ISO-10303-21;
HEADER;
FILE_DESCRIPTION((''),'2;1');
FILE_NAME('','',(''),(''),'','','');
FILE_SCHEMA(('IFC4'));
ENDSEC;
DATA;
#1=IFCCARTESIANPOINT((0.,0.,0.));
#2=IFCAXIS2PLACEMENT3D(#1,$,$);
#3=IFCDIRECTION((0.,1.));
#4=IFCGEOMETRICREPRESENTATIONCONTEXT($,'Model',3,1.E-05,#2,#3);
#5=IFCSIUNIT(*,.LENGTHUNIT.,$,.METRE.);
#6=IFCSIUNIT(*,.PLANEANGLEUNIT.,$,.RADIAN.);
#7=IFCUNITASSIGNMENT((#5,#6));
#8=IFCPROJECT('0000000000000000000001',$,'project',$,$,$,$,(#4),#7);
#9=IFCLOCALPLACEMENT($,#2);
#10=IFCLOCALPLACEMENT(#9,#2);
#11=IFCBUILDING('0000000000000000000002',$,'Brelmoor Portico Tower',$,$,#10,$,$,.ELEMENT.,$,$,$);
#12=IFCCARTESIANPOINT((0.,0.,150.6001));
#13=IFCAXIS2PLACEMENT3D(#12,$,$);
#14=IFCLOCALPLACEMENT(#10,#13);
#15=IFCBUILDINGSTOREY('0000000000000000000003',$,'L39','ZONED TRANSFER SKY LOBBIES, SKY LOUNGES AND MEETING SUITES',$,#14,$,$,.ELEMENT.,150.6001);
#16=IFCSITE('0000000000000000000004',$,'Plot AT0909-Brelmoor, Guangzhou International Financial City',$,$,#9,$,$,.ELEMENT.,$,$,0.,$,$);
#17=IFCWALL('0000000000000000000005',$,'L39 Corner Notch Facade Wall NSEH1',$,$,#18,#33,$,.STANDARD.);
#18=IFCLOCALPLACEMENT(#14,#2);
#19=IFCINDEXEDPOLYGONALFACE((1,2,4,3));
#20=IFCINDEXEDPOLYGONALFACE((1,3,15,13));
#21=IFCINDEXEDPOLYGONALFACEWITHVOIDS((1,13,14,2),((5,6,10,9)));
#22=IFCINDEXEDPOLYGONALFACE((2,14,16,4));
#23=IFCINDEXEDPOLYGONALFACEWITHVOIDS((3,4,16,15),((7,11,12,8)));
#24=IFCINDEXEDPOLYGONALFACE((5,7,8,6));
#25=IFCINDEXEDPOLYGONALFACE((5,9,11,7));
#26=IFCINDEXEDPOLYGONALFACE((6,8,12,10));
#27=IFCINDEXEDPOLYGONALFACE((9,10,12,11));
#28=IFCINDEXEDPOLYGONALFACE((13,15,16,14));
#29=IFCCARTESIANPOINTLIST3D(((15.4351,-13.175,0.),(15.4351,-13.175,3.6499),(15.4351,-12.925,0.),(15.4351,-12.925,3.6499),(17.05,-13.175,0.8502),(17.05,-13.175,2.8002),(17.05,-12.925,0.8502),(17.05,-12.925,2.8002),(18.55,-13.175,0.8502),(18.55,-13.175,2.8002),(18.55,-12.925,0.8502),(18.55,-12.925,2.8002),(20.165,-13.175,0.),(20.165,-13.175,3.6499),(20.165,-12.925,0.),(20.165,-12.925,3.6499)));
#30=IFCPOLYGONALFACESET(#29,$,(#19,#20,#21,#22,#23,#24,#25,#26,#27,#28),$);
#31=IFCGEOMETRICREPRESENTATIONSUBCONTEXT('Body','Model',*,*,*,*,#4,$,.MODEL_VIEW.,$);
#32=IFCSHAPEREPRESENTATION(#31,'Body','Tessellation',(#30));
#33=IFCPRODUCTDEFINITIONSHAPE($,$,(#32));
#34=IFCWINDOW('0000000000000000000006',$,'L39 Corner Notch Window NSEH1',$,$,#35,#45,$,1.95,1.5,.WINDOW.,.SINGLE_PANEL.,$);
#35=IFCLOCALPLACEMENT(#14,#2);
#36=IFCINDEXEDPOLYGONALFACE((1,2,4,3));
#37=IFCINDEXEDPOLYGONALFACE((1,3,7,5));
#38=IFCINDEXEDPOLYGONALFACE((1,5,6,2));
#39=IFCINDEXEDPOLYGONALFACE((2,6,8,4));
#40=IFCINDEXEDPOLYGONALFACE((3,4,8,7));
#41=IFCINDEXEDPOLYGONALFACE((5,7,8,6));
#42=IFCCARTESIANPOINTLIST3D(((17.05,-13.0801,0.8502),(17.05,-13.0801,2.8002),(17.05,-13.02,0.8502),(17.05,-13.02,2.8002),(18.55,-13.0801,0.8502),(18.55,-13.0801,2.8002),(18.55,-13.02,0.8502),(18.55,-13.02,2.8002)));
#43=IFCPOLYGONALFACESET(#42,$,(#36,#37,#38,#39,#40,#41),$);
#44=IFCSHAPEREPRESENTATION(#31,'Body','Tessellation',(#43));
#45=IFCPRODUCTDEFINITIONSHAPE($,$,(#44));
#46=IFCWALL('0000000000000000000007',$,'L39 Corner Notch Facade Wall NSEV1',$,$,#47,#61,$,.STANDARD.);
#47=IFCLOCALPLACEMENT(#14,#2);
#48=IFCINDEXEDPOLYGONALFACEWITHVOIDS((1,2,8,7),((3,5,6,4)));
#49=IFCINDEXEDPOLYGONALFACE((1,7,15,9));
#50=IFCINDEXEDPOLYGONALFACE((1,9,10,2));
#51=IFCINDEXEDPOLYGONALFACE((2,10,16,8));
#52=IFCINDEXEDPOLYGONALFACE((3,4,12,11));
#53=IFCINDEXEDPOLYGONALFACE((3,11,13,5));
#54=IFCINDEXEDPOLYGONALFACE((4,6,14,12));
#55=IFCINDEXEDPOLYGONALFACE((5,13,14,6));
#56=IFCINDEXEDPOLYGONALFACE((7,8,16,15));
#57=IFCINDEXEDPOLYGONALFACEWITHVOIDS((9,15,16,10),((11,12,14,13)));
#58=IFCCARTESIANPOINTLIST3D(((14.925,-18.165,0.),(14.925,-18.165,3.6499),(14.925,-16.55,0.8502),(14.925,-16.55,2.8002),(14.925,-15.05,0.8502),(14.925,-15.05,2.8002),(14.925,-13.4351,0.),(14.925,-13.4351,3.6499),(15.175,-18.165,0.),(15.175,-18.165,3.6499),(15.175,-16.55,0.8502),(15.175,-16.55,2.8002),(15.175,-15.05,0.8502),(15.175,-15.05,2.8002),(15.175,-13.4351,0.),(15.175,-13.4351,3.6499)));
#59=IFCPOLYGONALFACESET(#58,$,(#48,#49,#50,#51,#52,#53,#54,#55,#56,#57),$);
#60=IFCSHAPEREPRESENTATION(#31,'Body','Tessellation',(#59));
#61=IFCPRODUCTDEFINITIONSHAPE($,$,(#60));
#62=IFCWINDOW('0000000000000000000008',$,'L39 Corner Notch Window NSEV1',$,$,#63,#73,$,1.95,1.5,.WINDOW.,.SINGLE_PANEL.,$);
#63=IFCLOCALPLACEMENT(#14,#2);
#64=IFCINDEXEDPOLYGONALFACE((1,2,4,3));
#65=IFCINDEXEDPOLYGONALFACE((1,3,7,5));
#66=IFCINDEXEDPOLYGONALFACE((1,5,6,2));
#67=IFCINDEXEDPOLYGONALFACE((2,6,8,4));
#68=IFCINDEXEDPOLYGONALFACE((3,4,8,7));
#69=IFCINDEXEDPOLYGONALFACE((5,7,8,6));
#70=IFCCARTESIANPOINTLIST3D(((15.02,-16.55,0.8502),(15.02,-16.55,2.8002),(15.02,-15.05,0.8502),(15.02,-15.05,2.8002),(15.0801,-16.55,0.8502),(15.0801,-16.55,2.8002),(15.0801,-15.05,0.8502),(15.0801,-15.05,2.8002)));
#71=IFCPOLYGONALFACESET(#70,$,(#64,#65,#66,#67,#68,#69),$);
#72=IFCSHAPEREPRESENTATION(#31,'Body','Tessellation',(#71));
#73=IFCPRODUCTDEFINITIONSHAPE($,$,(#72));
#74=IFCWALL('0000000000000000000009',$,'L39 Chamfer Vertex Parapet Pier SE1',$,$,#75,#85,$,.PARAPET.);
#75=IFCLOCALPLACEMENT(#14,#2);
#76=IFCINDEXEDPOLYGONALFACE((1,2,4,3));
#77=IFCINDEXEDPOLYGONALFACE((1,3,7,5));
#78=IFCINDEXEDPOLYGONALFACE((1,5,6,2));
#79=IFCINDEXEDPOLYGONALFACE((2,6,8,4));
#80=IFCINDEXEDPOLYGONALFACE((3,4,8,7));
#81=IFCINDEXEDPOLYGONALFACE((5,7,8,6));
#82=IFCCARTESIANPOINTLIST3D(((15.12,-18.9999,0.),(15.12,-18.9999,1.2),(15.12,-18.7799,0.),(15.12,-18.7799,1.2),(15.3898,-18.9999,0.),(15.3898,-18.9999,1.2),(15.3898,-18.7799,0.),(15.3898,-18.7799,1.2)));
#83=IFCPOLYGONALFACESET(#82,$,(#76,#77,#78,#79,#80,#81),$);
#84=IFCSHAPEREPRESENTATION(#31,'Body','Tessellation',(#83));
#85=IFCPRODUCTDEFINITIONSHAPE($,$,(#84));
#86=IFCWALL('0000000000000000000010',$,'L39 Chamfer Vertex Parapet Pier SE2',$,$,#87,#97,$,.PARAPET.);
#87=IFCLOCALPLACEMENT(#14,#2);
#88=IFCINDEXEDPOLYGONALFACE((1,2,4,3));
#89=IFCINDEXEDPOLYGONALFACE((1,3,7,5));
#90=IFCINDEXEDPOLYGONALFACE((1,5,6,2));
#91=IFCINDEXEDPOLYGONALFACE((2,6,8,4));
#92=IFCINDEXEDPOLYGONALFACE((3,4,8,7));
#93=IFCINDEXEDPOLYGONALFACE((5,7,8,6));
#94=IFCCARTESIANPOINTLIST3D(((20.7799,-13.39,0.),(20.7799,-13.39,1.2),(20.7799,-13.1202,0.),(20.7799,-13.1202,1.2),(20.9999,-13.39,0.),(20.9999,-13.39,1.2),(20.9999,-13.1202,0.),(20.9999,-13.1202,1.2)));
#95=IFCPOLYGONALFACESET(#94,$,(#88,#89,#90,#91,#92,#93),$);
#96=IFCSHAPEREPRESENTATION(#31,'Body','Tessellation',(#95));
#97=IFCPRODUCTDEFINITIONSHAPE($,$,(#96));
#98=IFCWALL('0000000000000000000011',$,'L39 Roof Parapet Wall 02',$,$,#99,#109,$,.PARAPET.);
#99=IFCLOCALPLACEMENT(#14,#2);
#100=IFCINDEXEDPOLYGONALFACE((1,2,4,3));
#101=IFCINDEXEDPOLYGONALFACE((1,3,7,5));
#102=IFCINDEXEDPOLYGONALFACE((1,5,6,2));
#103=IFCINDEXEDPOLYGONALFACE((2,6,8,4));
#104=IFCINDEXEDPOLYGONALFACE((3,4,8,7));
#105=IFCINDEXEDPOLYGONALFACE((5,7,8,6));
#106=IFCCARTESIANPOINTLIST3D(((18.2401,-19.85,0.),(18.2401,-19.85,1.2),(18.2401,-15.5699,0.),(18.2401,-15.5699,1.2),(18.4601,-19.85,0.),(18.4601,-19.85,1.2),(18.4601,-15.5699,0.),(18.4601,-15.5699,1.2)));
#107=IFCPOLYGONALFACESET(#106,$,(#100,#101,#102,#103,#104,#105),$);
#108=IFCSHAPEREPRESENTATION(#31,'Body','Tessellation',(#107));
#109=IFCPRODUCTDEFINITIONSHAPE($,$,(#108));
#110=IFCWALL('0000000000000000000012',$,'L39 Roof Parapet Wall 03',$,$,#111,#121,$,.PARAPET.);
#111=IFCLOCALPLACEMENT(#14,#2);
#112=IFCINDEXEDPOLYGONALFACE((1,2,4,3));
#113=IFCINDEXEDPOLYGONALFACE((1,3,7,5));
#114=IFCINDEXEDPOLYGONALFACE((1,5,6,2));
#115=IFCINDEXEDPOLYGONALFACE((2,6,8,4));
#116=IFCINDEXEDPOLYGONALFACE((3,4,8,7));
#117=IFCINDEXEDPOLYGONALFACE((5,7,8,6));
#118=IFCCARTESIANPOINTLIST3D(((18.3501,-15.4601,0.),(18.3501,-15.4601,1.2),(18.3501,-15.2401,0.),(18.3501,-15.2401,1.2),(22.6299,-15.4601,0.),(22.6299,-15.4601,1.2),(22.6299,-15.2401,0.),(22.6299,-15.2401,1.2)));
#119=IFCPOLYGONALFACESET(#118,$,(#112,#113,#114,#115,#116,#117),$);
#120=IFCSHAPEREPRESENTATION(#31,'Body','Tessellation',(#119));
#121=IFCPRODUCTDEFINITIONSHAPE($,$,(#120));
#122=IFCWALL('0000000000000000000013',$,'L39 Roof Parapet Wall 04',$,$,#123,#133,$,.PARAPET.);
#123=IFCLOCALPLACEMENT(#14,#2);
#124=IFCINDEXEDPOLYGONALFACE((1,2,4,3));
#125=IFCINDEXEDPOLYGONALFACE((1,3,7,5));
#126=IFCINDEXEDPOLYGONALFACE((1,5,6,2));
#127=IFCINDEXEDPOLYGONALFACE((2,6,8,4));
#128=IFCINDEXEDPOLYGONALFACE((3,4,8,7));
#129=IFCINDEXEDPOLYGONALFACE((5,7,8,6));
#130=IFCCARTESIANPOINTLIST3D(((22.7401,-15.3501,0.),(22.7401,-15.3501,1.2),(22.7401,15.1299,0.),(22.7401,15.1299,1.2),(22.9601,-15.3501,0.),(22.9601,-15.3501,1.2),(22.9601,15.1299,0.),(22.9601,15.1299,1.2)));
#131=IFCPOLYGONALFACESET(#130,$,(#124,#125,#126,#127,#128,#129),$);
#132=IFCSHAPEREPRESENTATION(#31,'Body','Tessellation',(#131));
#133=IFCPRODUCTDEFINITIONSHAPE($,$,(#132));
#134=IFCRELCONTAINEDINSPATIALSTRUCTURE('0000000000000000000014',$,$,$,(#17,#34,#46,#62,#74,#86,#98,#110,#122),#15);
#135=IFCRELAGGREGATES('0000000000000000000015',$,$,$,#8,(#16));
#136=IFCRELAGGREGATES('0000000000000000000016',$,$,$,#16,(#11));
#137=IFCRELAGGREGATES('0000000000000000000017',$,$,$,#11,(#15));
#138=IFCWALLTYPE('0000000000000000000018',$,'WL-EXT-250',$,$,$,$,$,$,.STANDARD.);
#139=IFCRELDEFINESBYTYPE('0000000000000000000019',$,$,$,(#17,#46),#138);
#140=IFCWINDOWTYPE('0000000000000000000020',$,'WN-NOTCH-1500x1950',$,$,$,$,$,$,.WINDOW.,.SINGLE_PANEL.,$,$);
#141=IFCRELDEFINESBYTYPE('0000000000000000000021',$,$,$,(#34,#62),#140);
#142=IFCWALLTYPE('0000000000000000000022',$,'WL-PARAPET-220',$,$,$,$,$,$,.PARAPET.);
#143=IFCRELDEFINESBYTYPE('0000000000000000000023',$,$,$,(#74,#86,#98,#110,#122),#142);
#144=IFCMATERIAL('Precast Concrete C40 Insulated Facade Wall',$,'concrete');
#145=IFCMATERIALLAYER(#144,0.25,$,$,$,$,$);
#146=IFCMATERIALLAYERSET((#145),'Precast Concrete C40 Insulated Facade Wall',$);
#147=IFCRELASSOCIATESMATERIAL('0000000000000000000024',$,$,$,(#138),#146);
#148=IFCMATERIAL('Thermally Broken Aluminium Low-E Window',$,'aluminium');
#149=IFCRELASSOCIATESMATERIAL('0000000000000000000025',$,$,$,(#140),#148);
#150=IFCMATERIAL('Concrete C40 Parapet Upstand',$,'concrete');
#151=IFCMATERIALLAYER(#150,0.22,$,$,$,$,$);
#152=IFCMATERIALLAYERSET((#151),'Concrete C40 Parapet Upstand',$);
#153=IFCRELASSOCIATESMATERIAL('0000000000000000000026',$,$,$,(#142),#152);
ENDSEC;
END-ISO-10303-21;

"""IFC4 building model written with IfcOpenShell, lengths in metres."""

from ifc_helpers import new_model, si_unit, direction, frame, frame_2d, origin, place, context, subcontext, project, spatial, rectangle, extrude, material, layer, layer_set, type_object, element, fill, save


model = new_model("IFC4")

# Units and contexts
model_context = context("Model", 3, precision=1e-05, world=origin(), true_north=direction((0.0, 1.0)))
body_context = subcontext(model_context, "Body", "Model", "MODEL_VIEW")
ifc_project = project(units=[si_unit("LENGTHUNIT", "METRE"), si_unit("PLANEANGLEUNIT", "RADIAN")], contexts=[model_context])

# Site, building, storey
site_placement = place(None, origin())
site = spatial("IfcSite", under=ifc_project, at=site_placement, Name="Plot AT0909-Brelmoor, Guangzhou International Financial City", CompositionType="ELEMENT", RefElevation=0.0)
building_placement = place(site_placement, origin())
building = spatial("IfcBuilding", under=site, at=building_placement, Name="Brelmoor Portico Tower", CompositionType="ELEMENT")
storey_placement = place(building_placement, frame((0.0, 0.0, 150.6001)))
storey = spatial("IfcBuildingStorey", under=building, at=storey_placement, Name="L39", Description="ZONED TRANSFER SKY LOBBIES, SKY LOUNGES AND MEETING SUITES", CompositionType="ELEMENT", Elevation=150.6001)

# Walls, openings, windows
ifc_material_1 = material(Name="Precast Concrete C40 Insulated Facade Wall", Category="concrete")
ifc_layer_1 = layer(ifc_material_1, 0.25)
ifc_layer_set_1 = layer_set([ifc_layer_1], Name="Precast Concrete C40 Insulated Facade Wall")
wall_type_1 = type_object("IfcWallType", Name="WL-EXT-250", PredefinedType="STANDARD", material=ifc_layer_set_1)
wall_1_placement = place(storey_placement, frame((15.4351, -13.05, 0.0), z_axis=(0.0, 0.0, 1.0), x_axis=(1.0, 0.0, 0.0)))
wall_1 = element("IfcWall", 1, at=wall_1_placement, inside=storey, type_object=wall_type_1, Name="L39 Corner Notch Facade Wall NSEH1", PredefinedType="STANDARD", context=body_context, shape_type="SweptSolid", body=[
    extrude(rectangle(XDim=4.73, YDim=0.25, at=frame_2d((2.365, 0.0))), origin(), (0.0, 0.0, 1.0), 3.6499),
])
opening_1_placement = place(wall_1_placement, frame((1.615, 0.0, 0.8501)))
opening_1 = element("IfcOpeningElement", 2, at=opening_1_placement, cuts=wall_1, PredefinedType="OPENING", context=body_context, shape_type="SweptSolid", body=[
    extrude(rectangle(XDim=1.5, YDim=1.95, at=frame_2d((0.75, 0.9751))), frame((0.0, 0.135, 0.0), z_axis=(0.0, -1.0, 0.0), x_axis=(1.0, 0.0, 0.0)), (0.0, 0.0, 1.0), 0.27),
])
ifc_material_2 = material(Name="Thermally Broken Aluminium Low-E Window", Category="aluminium")
window_type = type_object("IfcWindowType", Name="WN-NOTCH-1500x1950", PartitioningType="SINGLE_PANEL", PredefinedType="WINDOW", material=ifc_material_2)
window_1_placement = place(opening_1_placement, origin())
window_1 = element("IfcWindow", 3, at=window_1_placement, inside=storey, type_object=window_type, Name="L39 Corner Notch Window NSEH1", OverallHeight=1.95, OverallWidth=1.5, PartitioningType="SINGLE_PANEL", PredefinedType="WINDOW", context=body_context, shape_type="SweptSolid", body=[
    extrude(rectangle(XDim=1.5, YDim=1.95, at=frame_2d((0.75, 0.9751))), frame((0.0, 0.03, 0.0), z_axis=(0.0, -1.0, 0.0), x_axis=(1.0, 0.0, 0.0)), (0.0, 0.0, 1.0), 0.0601),
])
fill(opening_1, window_1)
wall_2_placement = place(storey_placement, frame((15.05, -18.165, 0.0), z_axis=(0.0, 0.0, 1.0), x_axis=(0.0, 1.0, 0.0)))
wall_2 = element("IfcWall", 4, at=wall_2_placement, inside=storey, type_object=wall_type_1, Name="L39 Corner Notch Facade Wall NSEV1", PredefinedType="STANDARD", context=body_context, shape_type="SweptSolid", body=[
    extrude(rectangle(XDim=4.73, YDim=0.25, at=frame_2d((2.365, 0.0))), origin(), (0.0, 0.0, 1.0), 3.6499),
])
opening_2_placement = place(wall_2_placement, frame((1.615, 0.0, 0.8501)))
opening_2 = element("IfcOpeningElement", 5, at=opening_2_placement, cuts=wall_2, PredefinedType="OPENING", context=body_context, shape_type="SweptSolid", body=[
    extrude(rectangle(XDim=1.5, YDim=1.95, at=frame_2d((0.75, 0.9751))), frame((0.0, 0.135, 0.0), z_axis=(0.0, -1.0, 0.0), x_axis=(1.0, 0.0, 0.0)), (0.0, 0.0, 1.0), 0.27),
])
window_2_placement = place(opening_2_placement, origin())
window_2 = element("IfcWindow", 6, at=window_2_placement, inside=storey, type_object=window_type, Name="L39 Corner Notch Window NSEV1", OverallHeight=1.95, OverallWidth=1.5, PartitioningType="SINGLE_PANEL", PredefinedType="WINDOW", context=body_context, shape_type="SweptSolid", body=[
    extrude(rectangle(XDim=1.5, YDim=1.95, at=frame_2d((0.75, 0.9751))), frame((0.0, 0.03, 0.0), z_axis=(0.0, -1.0, 0.0), x_axis=(1.0, 0.0, 0.0)), (0.0, 0.0, 1.0), 0.0601),
])
fill(opening_2, window_2)

# Walls
ifc_material_3 = material(Name="Concrete C40 Parapet Upstand", Category="concrete")
ifc_layer_2 = layer(ifc_material_3, 0.22)
ifc_layer_set_2 = layer_set([ifc_layer_2], Name="Concrete C40 Parapet Upstand")
wall_type_2 = type_object("IfcWallType", Name="WL-PARAPET-220", PredefinedType="PARAPET", material=ifc_layer_set_2)
for number, where, z_axis, x_axis, name in (
    (7, (15.1201, -18.8899, 0.0), (0.0, 0.0, 1.0), (1.0, 0.0, 0.0), "L39 Chamfer Vertex Parapet Pier SE1"),
    (8, (20.8899, -13.3899, 0.0), (0.0, 0.0, 1.0), (0.0, 1.0, 0.0), "L39 Chamfer Vertex Parapet Pier SE2"),
):
    element("IfcWall", number, at=place(storey_placement, frame(where, z_axis=z_axis, x_axis=x_axis)), inside=storey, type_object=wall_type_2, Name=name, PredefinedType="PARAPET", context=body_context, shape_type="SweptSolid", body=[
        extrude(rectangle(XDim=0.2698, YDim=0.22, at=frame_2d((0.1348, 0.0))), origin(), (0.0, 0.0, 1.0), 1.2),
    ])
wall_3_placement = place(storey_placement, frame((18.3501, -19.8501, 0.0), z_axis=(0.0, 0.0, 1.0), x_axis=(0.0, 1.0, 0.0)))
element("IfcWall", 9, at=wall_3_placement, inside=storey, type_object=wall_type_2, Name="L39 Roof Parapet Wall 02", PredefinedType="PARAPET", context=body_context, shape_type="SweptSolid", body=[
    extrude(rectangle(XDim=4.28, YDim=0.22, at=frame_2d((2.1401, 0.0))), origin(), (0.0, 0.0, 1.0), 1.2),
])
wall_4_placement = place(storey_placement, frame((18.3501, -15.3501, 0.0), z_axis=(0.0, 0.0, 1.0), x_axis=(1.0, 0.0, 0.0)))
element("IfcWall", 10, at=wall_4_placement, inside=storey, type_object=wall_type_2, Name="L39 Roof Parapet Wall 03", PredefinedType="PARAPET", context=body_context, shape_type="SweptSolid", body=[
    extrude(rectangle(XDim=4.2798, YDim=0.22, at=frame_2d((2.1399, 0.0))), origin(), (0.0, 0.0, 1.0), 1.2),
])
wall_5_placement = place(storey_placement, frame((22.8501, -15.3501, 0.0), z_axis=(0.0, 0.0, 1.0), x_axis=(0.0, 1.0, 0.0)))
element("IfcWall", 11, at=wall_5_placement, inside=storey, type_object=wall_type_2, Name="L39 Roof Parapet Wall 04", PredefinedType="PARAPET", context=body_context, shape_type="SweptSolid", body=[
    extrude(rectangle(XDim=30.48, YDim=0.22, at=frame_2d((15.24, 0.0))), origin(), (0.0, 0.0, 1.0), 1.2),
])

save(model, "model.ifc")
